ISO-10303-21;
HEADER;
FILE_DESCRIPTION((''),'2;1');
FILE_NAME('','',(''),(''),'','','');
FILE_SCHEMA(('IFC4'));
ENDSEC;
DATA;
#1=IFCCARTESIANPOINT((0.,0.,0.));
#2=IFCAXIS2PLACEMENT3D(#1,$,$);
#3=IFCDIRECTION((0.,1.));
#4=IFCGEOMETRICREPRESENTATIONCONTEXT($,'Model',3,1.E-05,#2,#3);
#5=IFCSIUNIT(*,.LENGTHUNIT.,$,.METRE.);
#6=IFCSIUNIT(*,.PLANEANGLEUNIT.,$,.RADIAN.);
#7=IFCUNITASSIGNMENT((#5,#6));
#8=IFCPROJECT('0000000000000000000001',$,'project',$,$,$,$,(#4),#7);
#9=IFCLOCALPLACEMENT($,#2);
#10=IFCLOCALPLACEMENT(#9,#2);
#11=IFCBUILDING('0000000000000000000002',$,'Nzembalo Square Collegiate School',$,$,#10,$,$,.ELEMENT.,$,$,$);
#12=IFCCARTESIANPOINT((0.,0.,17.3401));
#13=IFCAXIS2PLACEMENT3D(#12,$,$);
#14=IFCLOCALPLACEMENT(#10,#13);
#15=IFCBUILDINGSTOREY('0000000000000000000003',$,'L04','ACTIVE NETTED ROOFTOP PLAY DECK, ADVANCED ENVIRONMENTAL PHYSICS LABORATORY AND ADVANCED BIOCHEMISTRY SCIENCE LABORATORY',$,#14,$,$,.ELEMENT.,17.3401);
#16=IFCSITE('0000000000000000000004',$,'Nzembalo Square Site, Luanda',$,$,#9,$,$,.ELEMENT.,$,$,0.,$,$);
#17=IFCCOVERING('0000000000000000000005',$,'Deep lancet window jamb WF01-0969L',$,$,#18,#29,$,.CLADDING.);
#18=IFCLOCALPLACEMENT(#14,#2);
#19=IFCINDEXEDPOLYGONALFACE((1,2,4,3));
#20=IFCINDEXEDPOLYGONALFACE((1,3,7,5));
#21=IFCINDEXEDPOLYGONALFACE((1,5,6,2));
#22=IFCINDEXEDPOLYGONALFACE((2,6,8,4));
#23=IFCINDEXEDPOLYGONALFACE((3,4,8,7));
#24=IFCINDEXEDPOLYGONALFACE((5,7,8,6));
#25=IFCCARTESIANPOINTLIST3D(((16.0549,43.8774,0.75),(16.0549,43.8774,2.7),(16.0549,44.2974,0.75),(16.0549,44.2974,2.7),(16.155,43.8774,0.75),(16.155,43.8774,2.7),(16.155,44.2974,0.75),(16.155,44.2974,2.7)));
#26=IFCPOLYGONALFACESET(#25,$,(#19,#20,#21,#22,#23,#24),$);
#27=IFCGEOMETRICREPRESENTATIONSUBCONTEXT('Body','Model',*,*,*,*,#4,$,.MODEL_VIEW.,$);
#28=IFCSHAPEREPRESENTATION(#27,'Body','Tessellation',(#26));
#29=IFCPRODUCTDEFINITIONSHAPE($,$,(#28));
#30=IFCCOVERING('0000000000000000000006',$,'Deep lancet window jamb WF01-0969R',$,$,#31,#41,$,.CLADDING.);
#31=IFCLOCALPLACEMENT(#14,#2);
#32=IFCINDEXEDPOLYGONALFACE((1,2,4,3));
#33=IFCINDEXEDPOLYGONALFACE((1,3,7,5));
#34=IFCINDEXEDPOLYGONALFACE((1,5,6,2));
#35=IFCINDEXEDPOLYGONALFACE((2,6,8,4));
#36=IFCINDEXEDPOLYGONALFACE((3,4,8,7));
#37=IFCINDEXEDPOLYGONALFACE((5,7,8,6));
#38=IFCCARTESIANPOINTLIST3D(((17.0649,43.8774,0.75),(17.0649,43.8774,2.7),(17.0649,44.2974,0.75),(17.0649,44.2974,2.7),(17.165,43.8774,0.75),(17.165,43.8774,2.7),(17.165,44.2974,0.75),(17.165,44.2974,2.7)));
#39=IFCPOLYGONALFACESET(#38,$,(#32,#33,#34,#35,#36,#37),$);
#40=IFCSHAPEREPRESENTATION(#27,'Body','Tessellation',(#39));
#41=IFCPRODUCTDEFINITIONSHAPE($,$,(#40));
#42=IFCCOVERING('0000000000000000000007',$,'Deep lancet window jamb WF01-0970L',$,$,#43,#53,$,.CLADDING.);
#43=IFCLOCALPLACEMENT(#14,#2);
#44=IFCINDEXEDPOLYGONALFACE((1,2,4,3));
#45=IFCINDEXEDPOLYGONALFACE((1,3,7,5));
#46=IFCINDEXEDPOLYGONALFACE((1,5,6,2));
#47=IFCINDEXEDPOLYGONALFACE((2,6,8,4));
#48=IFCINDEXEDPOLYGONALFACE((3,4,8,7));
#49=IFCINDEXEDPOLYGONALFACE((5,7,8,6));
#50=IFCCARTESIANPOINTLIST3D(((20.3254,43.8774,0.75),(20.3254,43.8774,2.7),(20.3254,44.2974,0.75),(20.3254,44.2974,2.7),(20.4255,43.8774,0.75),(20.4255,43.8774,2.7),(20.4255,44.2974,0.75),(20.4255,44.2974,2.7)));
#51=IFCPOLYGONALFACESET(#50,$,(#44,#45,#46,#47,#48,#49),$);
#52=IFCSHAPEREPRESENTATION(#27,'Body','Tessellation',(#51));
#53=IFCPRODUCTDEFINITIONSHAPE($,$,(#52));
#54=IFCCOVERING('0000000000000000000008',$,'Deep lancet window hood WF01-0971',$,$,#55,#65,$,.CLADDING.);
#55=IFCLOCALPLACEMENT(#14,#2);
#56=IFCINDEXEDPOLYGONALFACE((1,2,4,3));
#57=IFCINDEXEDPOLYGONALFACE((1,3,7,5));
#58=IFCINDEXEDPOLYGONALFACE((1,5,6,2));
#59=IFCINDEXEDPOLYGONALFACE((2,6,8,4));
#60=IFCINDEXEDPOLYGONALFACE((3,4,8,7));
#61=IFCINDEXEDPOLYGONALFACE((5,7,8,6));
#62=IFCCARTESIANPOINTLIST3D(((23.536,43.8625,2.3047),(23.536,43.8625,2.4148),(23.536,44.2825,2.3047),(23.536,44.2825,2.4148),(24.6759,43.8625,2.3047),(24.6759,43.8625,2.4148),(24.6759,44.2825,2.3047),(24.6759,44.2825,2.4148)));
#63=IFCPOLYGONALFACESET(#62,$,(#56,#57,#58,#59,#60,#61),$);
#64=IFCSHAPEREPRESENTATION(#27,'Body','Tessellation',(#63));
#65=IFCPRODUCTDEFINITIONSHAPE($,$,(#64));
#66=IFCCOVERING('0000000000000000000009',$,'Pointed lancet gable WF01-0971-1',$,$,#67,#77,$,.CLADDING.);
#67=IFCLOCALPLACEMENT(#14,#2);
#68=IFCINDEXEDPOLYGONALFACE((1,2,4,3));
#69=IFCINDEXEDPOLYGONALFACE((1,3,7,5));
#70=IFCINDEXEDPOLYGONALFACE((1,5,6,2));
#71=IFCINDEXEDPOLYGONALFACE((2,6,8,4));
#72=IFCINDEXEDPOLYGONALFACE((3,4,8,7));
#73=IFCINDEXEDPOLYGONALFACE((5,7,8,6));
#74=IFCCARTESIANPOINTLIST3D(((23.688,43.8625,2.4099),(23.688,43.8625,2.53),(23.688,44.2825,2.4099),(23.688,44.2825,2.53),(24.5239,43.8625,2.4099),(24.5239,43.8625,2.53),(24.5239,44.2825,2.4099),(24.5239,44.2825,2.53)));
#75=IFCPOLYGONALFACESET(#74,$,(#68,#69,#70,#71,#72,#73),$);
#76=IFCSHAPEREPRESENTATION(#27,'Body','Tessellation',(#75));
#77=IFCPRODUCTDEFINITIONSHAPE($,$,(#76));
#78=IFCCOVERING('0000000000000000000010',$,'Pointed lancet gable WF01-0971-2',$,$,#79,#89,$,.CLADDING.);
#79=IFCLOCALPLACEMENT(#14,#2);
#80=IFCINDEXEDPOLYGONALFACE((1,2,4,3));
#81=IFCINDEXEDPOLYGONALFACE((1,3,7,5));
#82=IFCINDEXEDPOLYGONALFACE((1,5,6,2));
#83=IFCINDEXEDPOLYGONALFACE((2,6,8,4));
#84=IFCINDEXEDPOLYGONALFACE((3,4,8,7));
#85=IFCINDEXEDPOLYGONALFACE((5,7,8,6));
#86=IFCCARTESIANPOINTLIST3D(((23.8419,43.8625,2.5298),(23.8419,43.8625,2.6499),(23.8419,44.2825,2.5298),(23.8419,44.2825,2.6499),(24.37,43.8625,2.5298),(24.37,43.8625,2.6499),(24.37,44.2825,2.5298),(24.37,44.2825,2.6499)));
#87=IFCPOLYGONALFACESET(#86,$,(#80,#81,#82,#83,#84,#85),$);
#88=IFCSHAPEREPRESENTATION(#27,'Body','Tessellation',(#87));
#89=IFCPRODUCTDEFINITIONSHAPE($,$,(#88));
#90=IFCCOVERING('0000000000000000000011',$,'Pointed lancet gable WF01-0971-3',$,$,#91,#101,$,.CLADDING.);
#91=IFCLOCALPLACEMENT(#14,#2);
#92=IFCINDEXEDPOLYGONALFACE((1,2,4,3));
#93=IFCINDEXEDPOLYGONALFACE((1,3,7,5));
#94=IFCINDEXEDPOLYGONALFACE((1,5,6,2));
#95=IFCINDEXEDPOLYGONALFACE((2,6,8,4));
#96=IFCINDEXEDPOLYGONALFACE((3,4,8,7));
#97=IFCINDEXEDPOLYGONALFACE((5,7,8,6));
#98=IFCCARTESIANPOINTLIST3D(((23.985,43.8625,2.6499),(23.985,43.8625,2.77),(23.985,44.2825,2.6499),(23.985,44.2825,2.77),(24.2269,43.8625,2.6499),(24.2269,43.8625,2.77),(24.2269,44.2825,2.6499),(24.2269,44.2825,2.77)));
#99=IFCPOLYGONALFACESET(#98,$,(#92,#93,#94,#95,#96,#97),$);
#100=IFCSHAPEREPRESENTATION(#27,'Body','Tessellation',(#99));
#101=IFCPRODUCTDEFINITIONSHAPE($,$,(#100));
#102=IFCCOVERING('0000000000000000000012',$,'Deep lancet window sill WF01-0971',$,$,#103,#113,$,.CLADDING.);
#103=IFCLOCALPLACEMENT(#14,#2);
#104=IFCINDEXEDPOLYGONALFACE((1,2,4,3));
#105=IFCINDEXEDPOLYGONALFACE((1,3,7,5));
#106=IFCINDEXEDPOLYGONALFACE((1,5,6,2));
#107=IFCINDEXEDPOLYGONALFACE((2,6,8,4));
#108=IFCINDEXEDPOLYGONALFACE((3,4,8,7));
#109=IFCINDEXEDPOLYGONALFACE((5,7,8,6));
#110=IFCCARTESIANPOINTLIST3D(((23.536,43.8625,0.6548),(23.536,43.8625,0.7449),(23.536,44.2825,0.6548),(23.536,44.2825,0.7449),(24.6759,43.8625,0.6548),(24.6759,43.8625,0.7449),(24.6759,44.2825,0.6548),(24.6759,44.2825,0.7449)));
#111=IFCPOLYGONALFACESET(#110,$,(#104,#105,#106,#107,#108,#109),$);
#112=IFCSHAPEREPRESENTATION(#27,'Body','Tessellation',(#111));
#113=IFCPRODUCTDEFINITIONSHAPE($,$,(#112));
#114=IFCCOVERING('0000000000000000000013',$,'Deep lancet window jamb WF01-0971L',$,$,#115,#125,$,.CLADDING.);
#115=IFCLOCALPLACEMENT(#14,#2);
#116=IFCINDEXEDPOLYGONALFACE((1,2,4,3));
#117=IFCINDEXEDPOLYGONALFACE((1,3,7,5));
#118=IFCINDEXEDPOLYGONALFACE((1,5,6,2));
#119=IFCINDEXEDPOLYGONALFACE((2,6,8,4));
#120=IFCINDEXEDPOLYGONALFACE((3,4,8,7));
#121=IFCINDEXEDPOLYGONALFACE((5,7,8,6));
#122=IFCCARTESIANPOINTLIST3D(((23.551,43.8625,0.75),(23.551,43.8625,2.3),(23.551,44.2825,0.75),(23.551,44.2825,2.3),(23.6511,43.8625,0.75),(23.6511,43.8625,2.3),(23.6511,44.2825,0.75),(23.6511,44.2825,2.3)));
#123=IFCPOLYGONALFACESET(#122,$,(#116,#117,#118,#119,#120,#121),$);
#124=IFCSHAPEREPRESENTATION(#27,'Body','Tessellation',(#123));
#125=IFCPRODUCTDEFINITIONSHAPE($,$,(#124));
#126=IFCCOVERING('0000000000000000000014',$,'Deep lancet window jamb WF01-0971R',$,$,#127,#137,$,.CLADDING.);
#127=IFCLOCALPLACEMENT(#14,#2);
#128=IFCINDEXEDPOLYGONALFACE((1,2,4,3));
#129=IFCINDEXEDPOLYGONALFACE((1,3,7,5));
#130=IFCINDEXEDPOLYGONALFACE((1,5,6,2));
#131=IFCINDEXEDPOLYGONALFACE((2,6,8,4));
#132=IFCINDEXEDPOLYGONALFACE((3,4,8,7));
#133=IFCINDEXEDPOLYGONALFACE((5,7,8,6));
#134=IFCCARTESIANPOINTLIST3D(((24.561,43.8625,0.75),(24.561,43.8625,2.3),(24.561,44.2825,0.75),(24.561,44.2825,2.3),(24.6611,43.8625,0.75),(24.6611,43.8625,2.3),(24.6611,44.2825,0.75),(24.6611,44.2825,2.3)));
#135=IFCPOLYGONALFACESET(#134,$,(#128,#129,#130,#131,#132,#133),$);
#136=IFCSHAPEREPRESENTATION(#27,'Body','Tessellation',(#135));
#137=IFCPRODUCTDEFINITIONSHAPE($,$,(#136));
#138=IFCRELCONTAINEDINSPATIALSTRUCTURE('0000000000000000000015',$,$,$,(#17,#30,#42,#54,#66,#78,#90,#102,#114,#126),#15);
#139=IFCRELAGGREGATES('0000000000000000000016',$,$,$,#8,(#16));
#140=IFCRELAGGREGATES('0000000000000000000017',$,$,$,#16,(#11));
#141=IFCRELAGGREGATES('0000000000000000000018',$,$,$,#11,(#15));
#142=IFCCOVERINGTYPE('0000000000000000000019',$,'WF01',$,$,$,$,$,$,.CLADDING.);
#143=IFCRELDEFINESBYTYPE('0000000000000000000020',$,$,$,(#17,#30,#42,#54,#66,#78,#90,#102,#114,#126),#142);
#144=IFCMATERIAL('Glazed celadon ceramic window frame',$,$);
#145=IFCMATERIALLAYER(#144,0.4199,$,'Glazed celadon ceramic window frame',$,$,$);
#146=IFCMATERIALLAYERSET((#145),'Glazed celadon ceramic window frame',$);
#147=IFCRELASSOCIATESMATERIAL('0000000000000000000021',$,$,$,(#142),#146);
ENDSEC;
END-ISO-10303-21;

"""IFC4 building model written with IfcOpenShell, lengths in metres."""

from ifc_helpers import new_model, si_unit, direction, frame, origin, origin_2d, place, context, subcontext, project, spatial, rectangle, extrude, material, layer, layer_set, type_object, element, save


model = new_model("IFC4")

# Units and contexts
model_context = context("Model", 3, precision=1e-05, world=origin(), true_north=direction((0.0, 1.0)))
body_context = subcontext(model_context, "Body", "Model", "MODEL_VIEW")
ifc_project = project(units=[si_unit("LENGTHUNIT", "METRE"), si_unit("PLANEANGLEUNIT", "RADIAN")], contexts=[model_context])

# Site, building, storey
site_placement = place(None, origin())
site = spatial("IfcSite", under=ifc_project, at=site_placement, Name="Nzembalo Square Site, Luanda", CompositionType="ELEMENT", RefElevation=0.0)
building_placement = place(site_placement, origin())
building = spatial("IfcBuilding", under=site, at=building_placement, Name="Nzembalo Square Collegiate School", CompositionType="ELEMENT")
storey_placement = place(building_placement, frame((0.0, 0.0, 17.3401)))
storey = spatial("IfcBuildingStorey", under=building, at=storey_placement, Name="L04", Description="ACTIVE NETTED ROOFTOP PLAY DECK, ADVANCED ENVIRONMENTAL PHYSICS LABORATORY AND ADVANCED BIOCHEMISTRY SCIENCE LABORATORY", CompositionType="ELEMENT", Elevation=17.3401)

# Coverings
ifc_material = material(Name="Glazed celadon ceramic window frame")
ifc_layer = layer(ifc_material, 0.4199, Name="Glazed celadon ceramic window frame")
ifc_layer_set = layer_set([ifc_layer], Name="Glazed celadon ceramic window frame")
covering_type = type_object("IfcCoveringType", Name="WF01", PredefinedType="CLADDING", material=ifc_layer_set)
for number, where, z_axis, x_axis, name in (
    (1, (16.105, 44.0874, 0.75), (0.0, 0.0, 1.0), (1.0, 0.0, 0.0), "Deep lancet window jamb WF01-0969L"),
    (2, (17.115, 44.0874, 0.75), (0.0, 0.0, 1.0), (1.0, 0.0, 0.0), "Deep lancet window jamb WF01-0969R"),
    (3, (20.3755, 44.0874, 0.75), (0.0, 0.0, 1.0), (1.0, 0.0, 0.0), "Deep lancet window jamb WF01-0970L"),
):
    element("IfcCovering", number, at=place(storey_placement, frame(where, z_axis=z_axis, x_axis=x_axis)), inside=storey, type_object=covering_type, Name=name, PredefinedType="CLADDING", context=body_context, shape_type="SweptSolid", body=[
        extrude(rectangle(XDim=0.1001, YDim=0.4199, at=origin_2d()), origin(), (0.0, 0.0, 1.0), 1.95),
    ])
covering_1_placement = place(storey_placement, frame((24.106, 44.0725, 2.3047), z_axis=(0.0, 0.0, 1.0), x_axis=(1.0, 0.0, 0.0)))
element("IfcCovering", 4, at=covering_1_placement, inside=storey, type_object=covering_type, Name="Deep lancet window hood WF01-0971", PredefinedType="CLADDING", context=body_context, shape_type="SweptSolid", body=[
    extrude(rectangle(XDim=1.1399, YDim=0.4199, at=origin_2d()), origin(), (0.0, 0.0, 1.0), 0.1101),
])
covering_2_placement = place(storey_placement, frame((24.106, 44.0725, 2.4099), z_axis=(0.0, 0.0, 1.0), x_axis=(1.0, 0.0, 0.0)))
element("IfcCovering", 5, at=covering_2_placement, inside=storey, type_object=covering_type, Name="Pointed lancet gable WF01-0971-1", PredefinedType="CLADDING", context=body_context, shape_type="SweptSolid", body=[
    extrude(rectangle(XDim=0.8359, YDim=0.4199, at=origin_2d()), origin(), (0.0, 0.0, 1.0), 0.1201),
])
covering_3_placement = place(storey_placement, frame((24.106, 44.0725, 2.5298), z_axis=(0.0, 0.0, 1.0), x_axis=(1.0, 0.0, 0.0)))
element("IfcCovering", 6, at=covering_3_placement, inside=storey, type_object=covering_type, Name="Pointed lancet gable WF01-0971-2", PredefinedType="CLADDING", context=body_context, shape_type="SweptSolid", body=[
    extrude(rectangle(XDim=0.5281, YDim=0.4199, at=origin_2d()), origin(), (0.0, 0.0, 1.0), 0.1201),
])
covering_4_placement = place(storey_placement, frame((24.106, 44.0725, 2.6499), z_axis=(0.0, 0.0, 1.0), x_axis=(1.0, 0.0, 0.0)))
element("IfcCovering", 7, at=covering_4_placement, inside=storey, type_object=covering_type, Name="Pointed lancet gable WF01-0971-3", PredefinedType="CLADDING", context=body_context, shape_type="SweptSolid", body=[
    extrude(rectangle(XDim=0.2419, YDim=0.4199, at=origin_2d()), origin(), (0.0, 0.0, 1.0), 0.1201),
])
covering_5_placement = place(storey_placement, frame((24.106, 44.0725, 0.6548), z_axis=(0.0, 0.0, 1.0), x_axis=(1.0, 0.0, 0.0)))
element("IfcCovering", 8, at=covering_5_placement, inside=storey, type_object=covering_type, Name="Deep lancet window sill WF01-0971", PredefinedType="CLADDING", context=body_context, shape_type="SweptSolid", body=[
    extrude(rectangle(XDim=1.1399, YDim=0.4199, at=origin_2d()), origin(), (0.0, 0.0, 1.0), 0.0901),
])
for number, where, z_axis, x_axis, name in (
    (9, (23.6011, 44.0725, 0.75), (0.0, 0.0, 1.0), (1.0, 0.0, 0.0), "Deep lancet window jamb WF01-0971L"),
    (10, (24.6111, 44.0725, 0.75), (0.0, 0.0, 1.0), (1.0, 0.0, 0.0), "Deep lancet window jamb WF01-0971R"),
):
    element("IfcCovering", number, at=place(storey_placement, frame(where, z_axis=z_axis, x_axis=x_axis)), inside=storey, type_object=covering_type, Name=name, PredefinedType="CLADDING", context=body_context, shape_type="SweptSolid", body=[
        extrude(rectangle(XDim=0.1001, YDim=0.4199, at=origin_2d()), origin(), (0.0, 0.0, 1.0), 1.55),
    ])

save(model, "model.ifc")
